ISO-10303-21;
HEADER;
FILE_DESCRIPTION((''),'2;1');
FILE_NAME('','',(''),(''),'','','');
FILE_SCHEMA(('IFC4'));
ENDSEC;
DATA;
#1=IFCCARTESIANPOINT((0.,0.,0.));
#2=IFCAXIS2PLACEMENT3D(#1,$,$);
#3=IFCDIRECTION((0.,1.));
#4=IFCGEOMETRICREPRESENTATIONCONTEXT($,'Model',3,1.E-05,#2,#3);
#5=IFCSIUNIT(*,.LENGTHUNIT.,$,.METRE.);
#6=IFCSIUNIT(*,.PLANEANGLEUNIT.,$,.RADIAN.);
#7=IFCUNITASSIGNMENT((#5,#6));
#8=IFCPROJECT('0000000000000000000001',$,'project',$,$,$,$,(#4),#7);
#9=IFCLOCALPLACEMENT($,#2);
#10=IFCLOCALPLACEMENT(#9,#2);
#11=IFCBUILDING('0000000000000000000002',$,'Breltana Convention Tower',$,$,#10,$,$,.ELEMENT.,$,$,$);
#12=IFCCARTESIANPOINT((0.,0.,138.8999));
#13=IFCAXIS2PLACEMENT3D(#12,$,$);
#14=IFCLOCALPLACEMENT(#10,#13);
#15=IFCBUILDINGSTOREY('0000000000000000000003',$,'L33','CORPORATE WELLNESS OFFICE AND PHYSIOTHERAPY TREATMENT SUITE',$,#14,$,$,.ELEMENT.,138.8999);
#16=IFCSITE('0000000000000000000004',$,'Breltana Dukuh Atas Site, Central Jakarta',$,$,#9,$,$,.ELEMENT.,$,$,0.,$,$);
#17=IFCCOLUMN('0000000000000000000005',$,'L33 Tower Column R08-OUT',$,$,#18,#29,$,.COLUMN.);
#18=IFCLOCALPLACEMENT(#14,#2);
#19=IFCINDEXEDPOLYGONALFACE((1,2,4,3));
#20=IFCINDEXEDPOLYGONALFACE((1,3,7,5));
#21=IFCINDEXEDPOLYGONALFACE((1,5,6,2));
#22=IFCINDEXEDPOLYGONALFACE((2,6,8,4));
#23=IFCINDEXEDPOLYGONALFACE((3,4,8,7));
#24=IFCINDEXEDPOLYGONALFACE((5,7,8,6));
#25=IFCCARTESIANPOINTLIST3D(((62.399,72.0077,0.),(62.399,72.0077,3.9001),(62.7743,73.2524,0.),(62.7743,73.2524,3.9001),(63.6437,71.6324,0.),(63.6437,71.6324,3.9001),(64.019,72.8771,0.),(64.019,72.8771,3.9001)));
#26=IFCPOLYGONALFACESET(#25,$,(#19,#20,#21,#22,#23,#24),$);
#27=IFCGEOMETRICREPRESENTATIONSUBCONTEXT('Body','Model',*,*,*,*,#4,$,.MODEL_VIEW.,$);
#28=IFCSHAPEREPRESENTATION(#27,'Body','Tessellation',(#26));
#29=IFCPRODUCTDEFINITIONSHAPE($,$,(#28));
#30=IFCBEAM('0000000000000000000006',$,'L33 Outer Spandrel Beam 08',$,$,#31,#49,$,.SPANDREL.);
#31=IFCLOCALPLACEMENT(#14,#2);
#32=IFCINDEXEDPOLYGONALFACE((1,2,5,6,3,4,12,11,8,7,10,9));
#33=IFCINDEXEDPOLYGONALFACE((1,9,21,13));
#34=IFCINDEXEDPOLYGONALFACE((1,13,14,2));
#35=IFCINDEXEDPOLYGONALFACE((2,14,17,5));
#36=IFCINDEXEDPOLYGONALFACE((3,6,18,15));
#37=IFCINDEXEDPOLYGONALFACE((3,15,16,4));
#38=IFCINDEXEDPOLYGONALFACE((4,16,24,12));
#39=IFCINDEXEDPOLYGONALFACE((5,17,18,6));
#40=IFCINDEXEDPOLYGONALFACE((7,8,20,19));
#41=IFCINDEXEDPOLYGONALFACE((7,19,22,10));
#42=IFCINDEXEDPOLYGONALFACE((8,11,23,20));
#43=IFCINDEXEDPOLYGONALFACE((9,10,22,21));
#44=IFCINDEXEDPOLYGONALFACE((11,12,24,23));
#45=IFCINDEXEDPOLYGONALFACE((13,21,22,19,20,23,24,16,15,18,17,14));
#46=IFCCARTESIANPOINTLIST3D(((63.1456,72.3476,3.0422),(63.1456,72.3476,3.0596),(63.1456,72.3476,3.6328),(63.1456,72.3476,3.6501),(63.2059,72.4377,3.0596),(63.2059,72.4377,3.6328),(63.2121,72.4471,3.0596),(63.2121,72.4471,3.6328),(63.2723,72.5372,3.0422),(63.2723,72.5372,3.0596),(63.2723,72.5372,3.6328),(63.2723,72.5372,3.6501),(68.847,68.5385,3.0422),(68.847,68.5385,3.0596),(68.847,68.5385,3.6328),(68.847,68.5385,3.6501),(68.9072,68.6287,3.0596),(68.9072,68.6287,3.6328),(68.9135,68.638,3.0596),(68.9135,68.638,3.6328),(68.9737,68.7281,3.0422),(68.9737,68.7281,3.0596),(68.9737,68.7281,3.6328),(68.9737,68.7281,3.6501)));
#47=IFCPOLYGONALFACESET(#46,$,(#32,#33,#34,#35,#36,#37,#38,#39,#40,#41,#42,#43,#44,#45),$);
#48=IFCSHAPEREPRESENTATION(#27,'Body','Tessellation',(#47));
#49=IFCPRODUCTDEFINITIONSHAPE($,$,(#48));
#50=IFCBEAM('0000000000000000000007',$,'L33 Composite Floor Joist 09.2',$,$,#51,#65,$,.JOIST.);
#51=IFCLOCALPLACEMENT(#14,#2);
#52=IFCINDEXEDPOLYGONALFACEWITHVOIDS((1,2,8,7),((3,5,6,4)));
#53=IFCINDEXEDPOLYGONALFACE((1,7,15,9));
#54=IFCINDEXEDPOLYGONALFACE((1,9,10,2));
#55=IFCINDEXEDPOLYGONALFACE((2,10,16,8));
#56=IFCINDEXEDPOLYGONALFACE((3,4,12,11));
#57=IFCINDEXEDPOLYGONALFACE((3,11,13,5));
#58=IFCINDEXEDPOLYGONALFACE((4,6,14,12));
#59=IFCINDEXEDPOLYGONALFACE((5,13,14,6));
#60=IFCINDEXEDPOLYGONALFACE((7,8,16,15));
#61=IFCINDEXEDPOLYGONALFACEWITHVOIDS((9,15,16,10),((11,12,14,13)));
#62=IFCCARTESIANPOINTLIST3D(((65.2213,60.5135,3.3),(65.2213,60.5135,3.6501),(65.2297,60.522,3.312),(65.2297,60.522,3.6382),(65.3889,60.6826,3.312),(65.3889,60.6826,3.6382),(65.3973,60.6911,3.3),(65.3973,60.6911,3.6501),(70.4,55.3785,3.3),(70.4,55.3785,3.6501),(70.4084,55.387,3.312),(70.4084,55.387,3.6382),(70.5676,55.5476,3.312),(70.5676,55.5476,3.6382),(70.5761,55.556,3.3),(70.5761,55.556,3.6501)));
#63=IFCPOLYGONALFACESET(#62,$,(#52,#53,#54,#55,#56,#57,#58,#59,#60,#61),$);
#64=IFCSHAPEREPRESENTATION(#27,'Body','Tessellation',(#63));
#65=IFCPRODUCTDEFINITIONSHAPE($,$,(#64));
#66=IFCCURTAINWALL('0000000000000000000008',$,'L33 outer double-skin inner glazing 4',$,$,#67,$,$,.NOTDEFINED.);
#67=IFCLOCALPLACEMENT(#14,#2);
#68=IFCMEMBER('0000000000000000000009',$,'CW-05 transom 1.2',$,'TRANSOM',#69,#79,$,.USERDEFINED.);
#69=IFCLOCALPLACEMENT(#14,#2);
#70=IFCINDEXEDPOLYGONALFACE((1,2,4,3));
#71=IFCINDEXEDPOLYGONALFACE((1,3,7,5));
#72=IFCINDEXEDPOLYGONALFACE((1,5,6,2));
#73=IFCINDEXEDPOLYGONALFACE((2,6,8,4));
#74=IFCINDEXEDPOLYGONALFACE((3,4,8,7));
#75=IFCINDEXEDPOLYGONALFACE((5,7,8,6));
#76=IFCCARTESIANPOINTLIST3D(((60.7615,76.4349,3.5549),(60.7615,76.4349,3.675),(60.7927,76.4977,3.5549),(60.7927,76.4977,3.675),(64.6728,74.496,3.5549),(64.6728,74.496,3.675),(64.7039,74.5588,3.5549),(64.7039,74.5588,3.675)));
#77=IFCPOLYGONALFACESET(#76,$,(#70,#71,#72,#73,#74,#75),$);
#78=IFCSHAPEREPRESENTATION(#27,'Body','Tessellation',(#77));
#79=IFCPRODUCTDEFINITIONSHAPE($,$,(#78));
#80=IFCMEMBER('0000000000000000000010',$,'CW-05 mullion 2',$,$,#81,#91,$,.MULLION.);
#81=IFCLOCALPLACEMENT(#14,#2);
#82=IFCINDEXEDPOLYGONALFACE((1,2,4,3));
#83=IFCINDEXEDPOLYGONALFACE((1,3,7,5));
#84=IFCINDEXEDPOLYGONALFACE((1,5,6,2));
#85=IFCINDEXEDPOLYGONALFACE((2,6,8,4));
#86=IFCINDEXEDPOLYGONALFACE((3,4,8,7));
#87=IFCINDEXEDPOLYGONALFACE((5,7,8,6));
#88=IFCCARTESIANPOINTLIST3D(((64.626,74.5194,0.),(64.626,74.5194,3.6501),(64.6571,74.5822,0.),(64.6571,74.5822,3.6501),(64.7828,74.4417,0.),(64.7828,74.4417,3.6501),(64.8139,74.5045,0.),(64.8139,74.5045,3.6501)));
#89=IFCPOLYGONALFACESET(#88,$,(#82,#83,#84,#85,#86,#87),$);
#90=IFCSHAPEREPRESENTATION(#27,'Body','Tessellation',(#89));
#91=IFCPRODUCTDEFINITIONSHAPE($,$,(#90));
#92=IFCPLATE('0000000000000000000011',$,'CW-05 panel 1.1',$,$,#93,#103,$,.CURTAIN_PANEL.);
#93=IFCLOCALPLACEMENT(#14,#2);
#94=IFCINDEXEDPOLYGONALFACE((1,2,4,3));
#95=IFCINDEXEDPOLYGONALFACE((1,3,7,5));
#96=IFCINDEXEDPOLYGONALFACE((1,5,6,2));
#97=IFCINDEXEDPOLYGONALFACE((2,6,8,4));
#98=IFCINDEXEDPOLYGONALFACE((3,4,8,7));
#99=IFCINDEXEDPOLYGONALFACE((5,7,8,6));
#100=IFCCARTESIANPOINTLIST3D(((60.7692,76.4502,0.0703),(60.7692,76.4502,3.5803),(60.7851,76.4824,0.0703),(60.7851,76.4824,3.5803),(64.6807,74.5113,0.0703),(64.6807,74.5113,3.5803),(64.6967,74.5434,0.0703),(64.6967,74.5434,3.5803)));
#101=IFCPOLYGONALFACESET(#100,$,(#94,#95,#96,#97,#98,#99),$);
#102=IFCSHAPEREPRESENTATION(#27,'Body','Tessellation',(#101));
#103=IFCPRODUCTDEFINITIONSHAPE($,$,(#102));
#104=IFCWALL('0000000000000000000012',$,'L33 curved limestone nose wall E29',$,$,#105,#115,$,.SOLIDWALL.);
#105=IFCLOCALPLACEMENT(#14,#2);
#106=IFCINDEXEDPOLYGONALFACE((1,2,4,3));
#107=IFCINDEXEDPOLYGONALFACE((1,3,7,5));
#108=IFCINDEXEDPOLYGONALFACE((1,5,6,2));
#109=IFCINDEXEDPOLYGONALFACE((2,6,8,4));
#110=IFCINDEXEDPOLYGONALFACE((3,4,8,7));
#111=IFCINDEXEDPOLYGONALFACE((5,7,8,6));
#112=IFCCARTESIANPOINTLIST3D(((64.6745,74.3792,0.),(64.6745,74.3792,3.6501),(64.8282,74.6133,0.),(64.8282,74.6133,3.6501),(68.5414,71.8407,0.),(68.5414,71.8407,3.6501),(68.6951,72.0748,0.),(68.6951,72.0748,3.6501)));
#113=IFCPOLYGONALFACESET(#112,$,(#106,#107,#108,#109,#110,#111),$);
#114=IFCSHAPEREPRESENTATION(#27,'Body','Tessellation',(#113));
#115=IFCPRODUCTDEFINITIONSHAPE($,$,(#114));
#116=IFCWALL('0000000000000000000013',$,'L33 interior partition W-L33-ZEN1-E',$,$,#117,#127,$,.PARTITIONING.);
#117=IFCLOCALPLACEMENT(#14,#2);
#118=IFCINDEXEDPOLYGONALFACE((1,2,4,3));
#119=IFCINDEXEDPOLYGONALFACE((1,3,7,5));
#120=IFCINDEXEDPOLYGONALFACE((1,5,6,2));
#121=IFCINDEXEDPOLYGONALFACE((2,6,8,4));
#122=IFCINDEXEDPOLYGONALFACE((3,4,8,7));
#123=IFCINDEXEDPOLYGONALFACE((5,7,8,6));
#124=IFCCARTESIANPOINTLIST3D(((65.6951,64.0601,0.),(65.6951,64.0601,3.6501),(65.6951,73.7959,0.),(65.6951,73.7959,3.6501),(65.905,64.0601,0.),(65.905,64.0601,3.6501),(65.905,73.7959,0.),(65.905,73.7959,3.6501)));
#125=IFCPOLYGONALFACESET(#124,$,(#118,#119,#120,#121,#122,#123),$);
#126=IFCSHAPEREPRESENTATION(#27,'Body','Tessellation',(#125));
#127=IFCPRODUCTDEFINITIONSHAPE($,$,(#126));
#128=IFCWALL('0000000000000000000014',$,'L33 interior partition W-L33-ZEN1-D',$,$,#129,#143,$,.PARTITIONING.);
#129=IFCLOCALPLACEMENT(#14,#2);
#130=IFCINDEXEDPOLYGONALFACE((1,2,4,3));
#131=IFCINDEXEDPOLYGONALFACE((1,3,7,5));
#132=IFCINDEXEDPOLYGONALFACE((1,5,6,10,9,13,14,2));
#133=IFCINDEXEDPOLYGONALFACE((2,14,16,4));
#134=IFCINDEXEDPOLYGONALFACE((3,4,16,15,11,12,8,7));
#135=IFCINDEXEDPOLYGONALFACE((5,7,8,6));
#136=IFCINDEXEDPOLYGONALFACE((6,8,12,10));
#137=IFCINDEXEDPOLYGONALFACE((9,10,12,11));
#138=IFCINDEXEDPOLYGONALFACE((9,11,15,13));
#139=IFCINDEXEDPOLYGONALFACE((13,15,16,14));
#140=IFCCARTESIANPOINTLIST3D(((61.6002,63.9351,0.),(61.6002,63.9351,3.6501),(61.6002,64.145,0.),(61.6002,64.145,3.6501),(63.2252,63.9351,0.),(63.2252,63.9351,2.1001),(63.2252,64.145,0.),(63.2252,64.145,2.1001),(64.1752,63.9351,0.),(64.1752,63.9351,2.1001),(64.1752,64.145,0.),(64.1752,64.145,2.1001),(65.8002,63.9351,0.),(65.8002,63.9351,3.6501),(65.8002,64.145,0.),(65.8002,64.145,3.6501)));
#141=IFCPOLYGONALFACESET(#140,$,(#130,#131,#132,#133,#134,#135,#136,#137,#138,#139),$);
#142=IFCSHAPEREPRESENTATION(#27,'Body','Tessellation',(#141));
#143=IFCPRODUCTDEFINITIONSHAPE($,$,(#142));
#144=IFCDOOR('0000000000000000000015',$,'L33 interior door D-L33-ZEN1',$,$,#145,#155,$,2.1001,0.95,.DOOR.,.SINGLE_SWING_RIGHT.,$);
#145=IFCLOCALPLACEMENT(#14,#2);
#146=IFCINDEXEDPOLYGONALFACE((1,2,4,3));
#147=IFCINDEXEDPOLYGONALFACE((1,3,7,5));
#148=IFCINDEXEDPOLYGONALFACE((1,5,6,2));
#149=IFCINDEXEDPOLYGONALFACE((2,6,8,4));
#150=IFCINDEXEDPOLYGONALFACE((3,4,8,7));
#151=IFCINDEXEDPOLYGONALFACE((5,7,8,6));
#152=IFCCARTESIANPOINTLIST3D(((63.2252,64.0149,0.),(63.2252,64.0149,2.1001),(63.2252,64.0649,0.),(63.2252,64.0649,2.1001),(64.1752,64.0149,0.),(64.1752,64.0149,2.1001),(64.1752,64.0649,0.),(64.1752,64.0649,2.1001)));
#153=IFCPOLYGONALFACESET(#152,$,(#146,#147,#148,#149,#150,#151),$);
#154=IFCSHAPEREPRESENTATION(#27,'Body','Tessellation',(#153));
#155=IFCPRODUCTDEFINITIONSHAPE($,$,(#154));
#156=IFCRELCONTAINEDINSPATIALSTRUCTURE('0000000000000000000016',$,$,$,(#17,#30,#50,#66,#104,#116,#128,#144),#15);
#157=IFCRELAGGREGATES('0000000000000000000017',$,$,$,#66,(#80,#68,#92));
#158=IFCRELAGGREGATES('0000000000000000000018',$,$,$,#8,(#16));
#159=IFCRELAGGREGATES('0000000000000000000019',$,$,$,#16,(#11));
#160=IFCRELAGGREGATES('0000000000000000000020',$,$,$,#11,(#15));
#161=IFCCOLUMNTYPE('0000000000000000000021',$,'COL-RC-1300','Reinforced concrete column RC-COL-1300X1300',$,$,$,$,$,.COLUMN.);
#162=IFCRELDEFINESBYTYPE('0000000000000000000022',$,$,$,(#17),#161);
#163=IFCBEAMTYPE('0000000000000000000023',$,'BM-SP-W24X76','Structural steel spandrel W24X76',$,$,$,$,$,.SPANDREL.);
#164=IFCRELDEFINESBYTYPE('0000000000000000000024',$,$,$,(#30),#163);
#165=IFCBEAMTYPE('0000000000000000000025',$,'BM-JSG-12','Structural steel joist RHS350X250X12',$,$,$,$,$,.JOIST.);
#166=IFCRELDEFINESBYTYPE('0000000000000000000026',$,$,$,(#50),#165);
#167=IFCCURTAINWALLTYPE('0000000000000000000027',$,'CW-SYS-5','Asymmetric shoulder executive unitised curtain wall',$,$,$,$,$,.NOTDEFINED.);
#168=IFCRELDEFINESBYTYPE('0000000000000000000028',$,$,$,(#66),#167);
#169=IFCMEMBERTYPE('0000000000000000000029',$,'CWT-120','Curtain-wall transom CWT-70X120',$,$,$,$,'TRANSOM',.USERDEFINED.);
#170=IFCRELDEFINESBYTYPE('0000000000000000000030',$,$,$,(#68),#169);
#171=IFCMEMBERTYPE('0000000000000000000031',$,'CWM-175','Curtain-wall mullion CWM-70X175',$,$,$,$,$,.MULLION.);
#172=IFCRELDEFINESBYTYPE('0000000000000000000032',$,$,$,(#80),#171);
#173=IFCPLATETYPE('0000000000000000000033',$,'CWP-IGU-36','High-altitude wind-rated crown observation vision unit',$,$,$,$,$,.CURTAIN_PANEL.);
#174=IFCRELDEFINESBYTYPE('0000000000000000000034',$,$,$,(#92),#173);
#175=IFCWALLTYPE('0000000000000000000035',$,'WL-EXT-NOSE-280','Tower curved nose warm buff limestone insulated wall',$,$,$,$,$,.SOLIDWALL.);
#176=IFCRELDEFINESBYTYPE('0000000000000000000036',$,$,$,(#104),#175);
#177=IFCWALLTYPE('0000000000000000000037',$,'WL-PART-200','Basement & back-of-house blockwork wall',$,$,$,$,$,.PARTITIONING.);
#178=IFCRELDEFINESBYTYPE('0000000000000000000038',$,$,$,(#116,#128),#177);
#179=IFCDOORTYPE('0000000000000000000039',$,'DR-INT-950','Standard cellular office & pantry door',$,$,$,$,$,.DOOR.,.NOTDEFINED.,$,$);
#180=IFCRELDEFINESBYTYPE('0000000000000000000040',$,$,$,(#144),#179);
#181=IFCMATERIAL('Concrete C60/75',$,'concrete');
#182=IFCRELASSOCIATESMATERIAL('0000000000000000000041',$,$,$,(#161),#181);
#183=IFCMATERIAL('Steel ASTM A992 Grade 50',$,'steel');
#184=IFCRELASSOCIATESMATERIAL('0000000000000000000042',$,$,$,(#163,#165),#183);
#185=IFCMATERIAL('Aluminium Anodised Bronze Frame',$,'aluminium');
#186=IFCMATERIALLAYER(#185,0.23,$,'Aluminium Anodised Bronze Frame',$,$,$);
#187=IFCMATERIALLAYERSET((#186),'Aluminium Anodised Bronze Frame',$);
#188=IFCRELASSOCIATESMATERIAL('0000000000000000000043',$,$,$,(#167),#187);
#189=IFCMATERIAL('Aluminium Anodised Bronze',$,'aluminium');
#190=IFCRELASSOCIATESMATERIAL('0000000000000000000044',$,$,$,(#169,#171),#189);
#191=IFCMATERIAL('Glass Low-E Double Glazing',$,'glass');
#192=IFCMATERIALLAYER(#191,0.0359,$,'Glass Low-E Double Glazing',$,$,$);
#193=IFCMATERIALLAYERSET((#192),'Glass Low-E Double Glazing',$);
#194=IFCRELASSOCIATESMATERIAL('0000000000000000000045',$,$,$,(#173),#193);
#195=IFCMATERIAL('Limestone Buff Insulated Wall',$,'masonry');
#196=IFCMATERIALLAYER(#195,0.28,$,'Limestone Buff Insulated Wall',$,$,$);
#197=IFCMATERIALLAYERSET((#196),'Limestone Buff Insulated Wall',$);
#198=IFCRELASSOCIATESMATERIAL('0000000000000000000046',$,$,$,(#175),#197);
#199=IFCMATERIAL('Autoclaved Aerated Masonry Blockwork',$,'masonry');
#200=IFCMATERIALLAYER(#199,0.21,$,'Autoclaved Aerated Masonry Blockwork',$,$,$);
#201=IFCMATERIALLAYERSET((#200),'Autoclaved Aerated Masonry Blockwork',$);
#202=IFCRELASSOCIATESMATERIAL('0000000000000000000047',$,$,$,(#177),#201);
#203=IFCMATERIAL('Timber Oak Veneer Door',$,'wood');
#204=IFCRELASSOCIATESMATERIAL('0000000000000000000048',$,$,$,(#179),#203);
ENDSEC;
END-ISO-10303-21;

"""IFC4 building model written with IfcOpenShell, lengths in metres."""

from ifc_helpers import new_model, si_unit, direction, frame, frame_2d, origin, origin_2d, place, context, subcontext, project, spatial, rectangle, hollow_rectangle, i_section, extrude, source, transform, mapped, material, layer, layer_set, material_profile, profile_set, type_object, type_shapes, element, fill, aggregate, save


model = new_model("IFC4")

# Units and contexts
model_context = context("Model", 3, precision=1e-05, world=origin(), true_north=direction((0.0, 1.0)))
body_context = subcontext(model_context, "Body", "Model", "MODEL_VIEW")
ifc_project = project(units=[si_unit("LENGTHUNIT", "METRE"), si_unit("PLANEANGLEUNIT", "RADIAN")], contexts=[model_context])

# Site, building, storey
site_placement = place(None, origin())
site = spatial("IfcSite", under=ifc_project, at=site_placement, Name="Breltana Dukuh Atas Site, Central Jakarta", CompositionType="ELEMENT", RefElevation=0.0)
building_placement = place(site_placement, origin())
building = spatial("IfcBuilding", under=site, at=building_placement, Name="Breltana Convention Tower", CompositionType="ELEMENT")
storey_placement = place(building_placement, frame((0.0, 0.0, 138.8999)))
storey = spatial("IfcBuildingStorey", under=building, at=storey_placement, Name="L33", Description="CORPORATE WELLNESS OFFICE AND PHYSIOTHERAPY TREATMENT SUITE", CompositionType="ELEMENT", Elevation=138.8999)

# Column
ifc_material_1 = material(Name="Concrete C60/75", Category="concrete")
ifc_material_profile_1 = material_profile(ifc_material_1, rectangle(XDim=1.3, YDim=1.3, at=origin_2d()), Name="RC-COL-1300X1300")
ifc_profile_set_1 = profile_set([ifc_material_profile_1], Name="Concrete C60/75")
column_type = type_object("IfcColumnType", Name="COL-RC-1300", Description="Reinforced concrete column RC-COL-1300X1300", PredefinedType="COLUMN", material=ifc_profile_set_1)
shared_shape_1 = source(origin(), body_context, "Body", "SweptSolid", [
    extrude(rectangle(XDim=1.3, YDim=1.3, at=origin_2d()), origin(), (0.0, 0.0, 1.0), 3.9001),
])
column_placement = place(storey_placement, frame((63.209, 72.4424, 0.0), z_axis=(0.0, 0.0, 1.0), x_axis=(0.288698, 0.95742, 0.0)))
element("IfcColumn", 1, at=column_placement, inside=storey, type_object=column_type, Name="L33 Tower Column R08-OUT", PredefinedType="COLUMN", context=body_context, shape_type="MappedRepresentation", body=[
    mapped(shared_shape_1, transform((0.0, 0.0, 0.0), scale=1.0)),
])

# Beams
ifc_material_2 = material(Name="Steel ASTM A992 Grade 50", Category="steel")
ifc_material_profile_2 = material_profile(ifc_material_2, i_section(OverallWidth=0.228, OverallDepth=0.6079, WebThickness=0.0112, FlangeThickness=0.0173, at=origin_2d()), Name="W24X76")
ifc_profile_set_2 = profile_set([ifc_material_profile_2], Name="Steel ASTM A992 Grade 50")
beam_type_1 = type_object("IfcBeamType", Name="BM-SP-W24X76", Description="Structural steel spandrel W24X76", PredefinedType="SPANDREL", material=ifc_profile_set_2)
shared_shape_2 = source(origin(), body_context, "Body", "SweptSolid", [
    extrude(i_section(OverallWidth=0.228, OverallDepth=0.6079, WebThickness=0.0112, FlangeThickness=0.0173, at=origin_2d()), origin(), (0.0, 0.0, 1.0), 6.8567),
])
beam_1_placement = place(storey_placement, frame((63.209, 72.4424, 3.3462), z_axis=(0.831502, -0.555522, 0.0), x_axis=(0.555522, 0.831502, 0.0)))
element("IfcBeam", 2, at=beam_1_placement, inside=storey, type_object=beam_type_1, Name="L33 Outer Spandrel Beam 08", PredefinedType="SPANDREL", context=body_context, shape_type="MappedRepresentation", body=[
    mapped(shared_shape_2, transform((0.0, 0.0, 0.0), scale=1.0)),
])
ifc_material_profile_3 = material_profile(ifc_material_2, hollow_rectangle(XDim=0.25, YDim=0.3501, WallThickness=0.012, at=origin_2d()), Name="RHS350X250X12")
ifc_profile_set_3 = profile_set([ifc_material_profile_3], Name="Steel ASTM A992 Grade 50")
beam_type_2 = type_object("IfcBeamType", Name="BM-JSG-12", Description="Structural steel joist RHS350X250X12", PredefinedType="JOIST", material=ifc_profile_set_3)
shared_shape_3 = source(origin(), body_context, "Body", "SweptSolid", [
    extrude(hollow_rectangle(XDim=0.25, YDim=0.3501, WallThickness=0.012, at=origin_2d()), origin(), (0.0, 0.0, 1.0), 7.293),
])
beam_2_placement = place(storey_placement, frame((65.3093, 60.6023, 3.4751), z_axis=(0.710097, -0.704104, 0.0), x_axis=(0.704104, 0.710097, 0.0)))
element("IfcBeam", 3, at=beam_2_placement, inside=storey, type_object=beam_type_2, Name="L33 Composite Floor Joist 09.2", PredefinedType="JOIST", context=body_context, shape_type="MappedRepresentation", body=[
    mapped(shared_shape_3, transform((0.0, 0.0, 0.0), scale=1.0)),
])

# Curtain wall, members, plate
ifc_material_3 = material(Name="Aluminium Anodised Bronze Frame", Category="aluminium")
ifc_layer_1 = layer(ifc_material_3, 0.23, Name="Aluminium Anodised Bronze Frame")
ifc_layer_set_1 = layer_set([ifc_layer_1], Name="Aluminium Anodised Bronze Frame")
curtain_wall_type = type_object("IfcCurtainWallType", Name="CW-SYS-5", Description="Asymmetric shoulder executive unitised curtain wall", PredefinedType="NOTDEFINED", material=ifc_layer_set_1)
curtain_wall_placement = place(storey_placement, origin())
curtain_wall = element("IfcCurtainWall", 4, at=curtain_wall_placement, inside=storey, type_object=curtain_wall_type, Name="L33 outer double-skin inner glazing 4", PredefinedType="NOTDEFINED")
ifc_material_4 = material(Name="Aluminium Anodised Bronze", Category="aluminium")
ifc_material_profile_4 = material_profile(ifc_material_4, rectangle(XDim=0.0701, YDim=0.1201, at=origin_2d()), Name="CWT-70X120")
ifc_profile_set_4 = profile_set([ifc_material_profile_4], Name="Aluminium Anodised Bronze")
member_type_1 = type_object("IfcMemberType", Name="CWT-120", Description="Curtain-wall transom CWT-70X120", ElementType="TRANSOM", PredefinedType="USERDEFINED", material=ifc_profile_set_4)
shared_shape_4 = source(origin(), body_context, "Body", "SweptSolid", [
    extrude(rectangle(XDim=0.0701, YDim=0.1201, at=origin_2d()), origin(), (0.0, 0.0, 1.0), 4.3655),
])
member_1_placement = place(storey_placement, frame((60.7771, 76.4663, 3.615), z_axis=(0.895954, -0.444146, 0.0), x_axis=(0.444146, 0.895954, 0.0)))
member_1 = element("IfcMember", 5, at=member_1_placement, type_object=member_type_1, Name="CW-05 transom 1.2", ObjectType="TRANSOM", PredefinedType="USERDEFINED", context=body_context, shape_type="MappedRepresentation", body=[
    mapped(shared_shape_4, transform((0.0, 0.0, 0.0), scale=1.0)),
])
ifc_material_profile_5 = material_profile(ifc_material_4, rectangle(XDim=0.0701, YDim=0.175, at=origin_2d()), Name="CWM-70X175")
ifc_profile_set_5 = profile_set([ifc_material_profile_5], Name="Aluminium Anodised Bronze")
member_type_2 = type_object("IfcMemberType", Name="CWM-175", Description="Curtain-wall mullion CWM-70X175", PredefinedType="MULLION", material=ifc_profile_set_5)
shared_shape_5 = source(origin(), body_context, "Body", "SweptSolid", [
    extrude(rectangle(XDim=0.0701, YDim=0.175, at=origin_2d()), origin(), (0.0, 0.0, 1.0), 3.6501),
])
member_2_placement = place(storey_placement, frame((64.72, 74.512, 0.0), z_axis=(0.0, 0.0, 1.0), x_axis=(0.444122, 0.895967, 0.0)))
member_2 = element("IfcMember", 6, at=member_2_placement, type_object=member_type_2, Name="CW-05 mullion 2", PredefinedType="MULLION", context=body_context, shape_type="MappedRepresentation", body=[
    mapped(shared_shape_5, transform((0.0, 0.0, 0.0), scale=1.0)),
])
ifc_material_5 = material(Name="Glass Low-E Double Glazing", Category="glass")
ifc_layer_2 = layer(ifc_material_5, 0.0359, Name="Glass Low-E Double Glazing")
ifc_layer_set_2 = layer_set([ifc_layer_2], Name="Glass Low-E Double Glazing")
plate_type = type_object("IfcPlateType", Name="CWP-IGU-36", Description="High-altitude wind-rated crown observation vision unit", PredefinedType="CURTAIN_PANEL", material=ifc_layer_set_2)
shared_shape_6 = source(origin(), body_context, "Body", "SweptSolid", [
    extrude(rectangle(XDim=4.3657, YDim=0.0359, at=origin_2d()), origin(), (0.0, 0.0, 1.0), 3.51),
])
plate_placement = place(storey_placement, frame((62.7329, 75.4968, 0.0703), z_axis=(0.0, 0.0, 1.0), x_axis=(0.895967, -0.444122, 0.0)))
plate = element("IfcPlate", 7, at=plate_placement, type_object=plate_type, Name="CW-05 panel 1.1", PredefinedType="CURTAIN_PANEL", context=body_context, shape_type="MappedRepresentation", body=[
    mapped(shared_shape_6, transform((0.0, 0.0, 0.0), scale=1.0)),
])
aggregate(curtain_wall, [member_2, member_1, plate])

# Walls
ifc_material_6 = material(Name="Limestone Buff Insulated Wall", Category="masonry")
ifc_layer_3 = layer(ifc_material_6, 0.28, Name="Limestone Buff Insulated Wall")
ifc_layer_set_3 = layer_set([ifc_layer_3], Name="Limestone Buff Insulated Wall")
wall_type_1 = type_object("IfcWallType", Name="WL-EXT-NOSE-280", Description="Tower curved nose warm buff limestone insulated wall", PredefinedType="SOLIDWALL", material=ifc_layer_set_3)
shared_shape_7 = source(origin(), body_context, "Body", "SweptSolid", [
    extrude(rectangle(XDim=4.6257, YDim=0.28, at=frame_2d((2.313, 0.0))), origin(), (0.0, 0.0, 1.0), 3.6501),
])
wall_1_placement = place(storey_placement, frame((64.7512, 74.4963, 0.0), z_axis=(0.0, 0.0, 1.0), x_axis=(0.835959, -0.548791, 0.0)))
element("IfcWall", 8, at=wall_1_placement, inside=storey, type_object=wall_type_1, Name="L33 curved limestone nose wall E29", PredefinedType="SOLIDWALL", context=body_context, shape_type="MappedRepresentation", body=[
    mapped(shared_shape_7, transform((0.0, 0.0, 0.0), scale=1.0)),
])
ifc_material_7 = material(Name="Autoclaved Aerated Masonry Blockwork", Category="masonry")
ifc_layer_4 = layer(ifc_material_7, 0.21, Name="Autoclaved Aerated Masonry Blockwork")
ifc_layer_set_4 = layer_set([ifc_layer_4], Name="Autoclaved Aerated Masonry Blockwork")
wall_type_2 = type_object("IfcWallType", Name="WL-PART-200", Description="Basement & back-of-house blockwork wall", PredefinedType="PARTITIONING", material=ifc_layer_set_4)
shared_shape_8 = source(origin(), body_context, "Body", "SweptSolid", [
    extrude(rectangle(XDim=9.7358, YDim=0.21, at=frame_2d((4.8679, 0.0))), origin(), (0.0, 0.0, 1.0), 3.6501),
])
wall_2_placement = place(storey_placement, frame((65.8, 64.0601, 0.0), z_axis=(0.0, 0.0, 1.0), x_axis=(0.0, 1.0, 0.0)))
element("IfcWall", 9, at=wall_2_placement, inside=storey, type_object=wall_type_2, Name="L33 interior partition W-L33-ZEN1-E", PredefinedType="PARTITIONING", context=body_context, shape_type="MappedRepresentation", body=[
    mapped(shared_shape_8, transform((0.0, 0.0, 0.0), scale=1.0)),
])

# Wall, opening, door
shared_shape_9 = source(origin(), body_context, "Body", "SweptSolid", [
    extrude(rectangle(XDim=4.2, YDim=0.21, at=frame_2d((2.1001, 0.0))), origin(), (0.0, 0.0, 1.0), 3.6501),
])
wall_3_placement = place(storey_placement, frame((61.6001, 64.04, 0.0), z_axis=(0.0, 0.0, 1.0), x_axis=(1.0, 0.0, 0.0)))
wall_3 = element("IfcWall", 10, at=wall_3_placement, inside=storey, type_object=wall_type_2, Name="L33 interior partition W-L33-ZEN1-D", PredefinedType="PARTITIONING", context=body_context, shape_type="MappedRepresentation", body=[
    mapped(shared_shape_9, transform((0.0, 0.0, 0.0), scale=1.0)),
])
opening_1_placement = place(wall_3_placement, frame((1.625, 0.0, 0.0)))
opening_1 = element("IfcOpeningElement", 11, at=opening_1_placement, cuts=wall_3, PredefinedType="OPENING", context=body_context, shape_type="SweptSolid", body=[
    extrude(rectangle(XDim=0.95, YDim=2.1001, at=frame_2d((0.4751, 1.05))), frame((0.0, 0.115, 0.0), z_axis=(0.0, -1.0, 0.0), x_axis=(1.0, 0.0, 0.0)), (0.0, 0.0, 1.0), 0.23),
])
ifc_material_8 = material(Name="Timber Oak Veneer Door", Category="wood")
door_type = type_object("IfcDoorType", Name="DR-INT-950", Description="Standard cellular office & pantry door", OperationType="NOTDEFINED", PredefinedType="DOOR", material=ifc_material_8)
shared_shape_10 = source(origin(), body_context, "Body", "SweptSolid", [
    extrude(rectangle(XDim=0.95, YDim=2.1001, at=frame_2d((0.4751, 1.05))), frame((0.0, 0.0249, 0.0), z_axis=(0.0, -1.0, 0.0), x_axis=(1.0, 0.0, 0.0)), (0.0, 0.0, 1.0), 0.05),
])
type_shapes(door_type, [shared_shape_10])
door_1_placement = place(opening_1_placement, origin())
door_1 = element("IfcDoor", 12, at=door_1_placement, inside=storey, type_object=door_type, Name="L33 interior door D-L33-ZEN1", OperationType="SINGLE_SWING_RIGHT", OverallHeight=2.1001, OverallWidth=0.95, PredefinedType="DOOR", context=body_context, shape_type="MappedRepresentation", body=[
    mapped(shared_shape_10, transform((0.0, 0.0, 0.0), scale=1.0)),
])
fill(opening_1, door_1)

save(model, "model.ifc")
